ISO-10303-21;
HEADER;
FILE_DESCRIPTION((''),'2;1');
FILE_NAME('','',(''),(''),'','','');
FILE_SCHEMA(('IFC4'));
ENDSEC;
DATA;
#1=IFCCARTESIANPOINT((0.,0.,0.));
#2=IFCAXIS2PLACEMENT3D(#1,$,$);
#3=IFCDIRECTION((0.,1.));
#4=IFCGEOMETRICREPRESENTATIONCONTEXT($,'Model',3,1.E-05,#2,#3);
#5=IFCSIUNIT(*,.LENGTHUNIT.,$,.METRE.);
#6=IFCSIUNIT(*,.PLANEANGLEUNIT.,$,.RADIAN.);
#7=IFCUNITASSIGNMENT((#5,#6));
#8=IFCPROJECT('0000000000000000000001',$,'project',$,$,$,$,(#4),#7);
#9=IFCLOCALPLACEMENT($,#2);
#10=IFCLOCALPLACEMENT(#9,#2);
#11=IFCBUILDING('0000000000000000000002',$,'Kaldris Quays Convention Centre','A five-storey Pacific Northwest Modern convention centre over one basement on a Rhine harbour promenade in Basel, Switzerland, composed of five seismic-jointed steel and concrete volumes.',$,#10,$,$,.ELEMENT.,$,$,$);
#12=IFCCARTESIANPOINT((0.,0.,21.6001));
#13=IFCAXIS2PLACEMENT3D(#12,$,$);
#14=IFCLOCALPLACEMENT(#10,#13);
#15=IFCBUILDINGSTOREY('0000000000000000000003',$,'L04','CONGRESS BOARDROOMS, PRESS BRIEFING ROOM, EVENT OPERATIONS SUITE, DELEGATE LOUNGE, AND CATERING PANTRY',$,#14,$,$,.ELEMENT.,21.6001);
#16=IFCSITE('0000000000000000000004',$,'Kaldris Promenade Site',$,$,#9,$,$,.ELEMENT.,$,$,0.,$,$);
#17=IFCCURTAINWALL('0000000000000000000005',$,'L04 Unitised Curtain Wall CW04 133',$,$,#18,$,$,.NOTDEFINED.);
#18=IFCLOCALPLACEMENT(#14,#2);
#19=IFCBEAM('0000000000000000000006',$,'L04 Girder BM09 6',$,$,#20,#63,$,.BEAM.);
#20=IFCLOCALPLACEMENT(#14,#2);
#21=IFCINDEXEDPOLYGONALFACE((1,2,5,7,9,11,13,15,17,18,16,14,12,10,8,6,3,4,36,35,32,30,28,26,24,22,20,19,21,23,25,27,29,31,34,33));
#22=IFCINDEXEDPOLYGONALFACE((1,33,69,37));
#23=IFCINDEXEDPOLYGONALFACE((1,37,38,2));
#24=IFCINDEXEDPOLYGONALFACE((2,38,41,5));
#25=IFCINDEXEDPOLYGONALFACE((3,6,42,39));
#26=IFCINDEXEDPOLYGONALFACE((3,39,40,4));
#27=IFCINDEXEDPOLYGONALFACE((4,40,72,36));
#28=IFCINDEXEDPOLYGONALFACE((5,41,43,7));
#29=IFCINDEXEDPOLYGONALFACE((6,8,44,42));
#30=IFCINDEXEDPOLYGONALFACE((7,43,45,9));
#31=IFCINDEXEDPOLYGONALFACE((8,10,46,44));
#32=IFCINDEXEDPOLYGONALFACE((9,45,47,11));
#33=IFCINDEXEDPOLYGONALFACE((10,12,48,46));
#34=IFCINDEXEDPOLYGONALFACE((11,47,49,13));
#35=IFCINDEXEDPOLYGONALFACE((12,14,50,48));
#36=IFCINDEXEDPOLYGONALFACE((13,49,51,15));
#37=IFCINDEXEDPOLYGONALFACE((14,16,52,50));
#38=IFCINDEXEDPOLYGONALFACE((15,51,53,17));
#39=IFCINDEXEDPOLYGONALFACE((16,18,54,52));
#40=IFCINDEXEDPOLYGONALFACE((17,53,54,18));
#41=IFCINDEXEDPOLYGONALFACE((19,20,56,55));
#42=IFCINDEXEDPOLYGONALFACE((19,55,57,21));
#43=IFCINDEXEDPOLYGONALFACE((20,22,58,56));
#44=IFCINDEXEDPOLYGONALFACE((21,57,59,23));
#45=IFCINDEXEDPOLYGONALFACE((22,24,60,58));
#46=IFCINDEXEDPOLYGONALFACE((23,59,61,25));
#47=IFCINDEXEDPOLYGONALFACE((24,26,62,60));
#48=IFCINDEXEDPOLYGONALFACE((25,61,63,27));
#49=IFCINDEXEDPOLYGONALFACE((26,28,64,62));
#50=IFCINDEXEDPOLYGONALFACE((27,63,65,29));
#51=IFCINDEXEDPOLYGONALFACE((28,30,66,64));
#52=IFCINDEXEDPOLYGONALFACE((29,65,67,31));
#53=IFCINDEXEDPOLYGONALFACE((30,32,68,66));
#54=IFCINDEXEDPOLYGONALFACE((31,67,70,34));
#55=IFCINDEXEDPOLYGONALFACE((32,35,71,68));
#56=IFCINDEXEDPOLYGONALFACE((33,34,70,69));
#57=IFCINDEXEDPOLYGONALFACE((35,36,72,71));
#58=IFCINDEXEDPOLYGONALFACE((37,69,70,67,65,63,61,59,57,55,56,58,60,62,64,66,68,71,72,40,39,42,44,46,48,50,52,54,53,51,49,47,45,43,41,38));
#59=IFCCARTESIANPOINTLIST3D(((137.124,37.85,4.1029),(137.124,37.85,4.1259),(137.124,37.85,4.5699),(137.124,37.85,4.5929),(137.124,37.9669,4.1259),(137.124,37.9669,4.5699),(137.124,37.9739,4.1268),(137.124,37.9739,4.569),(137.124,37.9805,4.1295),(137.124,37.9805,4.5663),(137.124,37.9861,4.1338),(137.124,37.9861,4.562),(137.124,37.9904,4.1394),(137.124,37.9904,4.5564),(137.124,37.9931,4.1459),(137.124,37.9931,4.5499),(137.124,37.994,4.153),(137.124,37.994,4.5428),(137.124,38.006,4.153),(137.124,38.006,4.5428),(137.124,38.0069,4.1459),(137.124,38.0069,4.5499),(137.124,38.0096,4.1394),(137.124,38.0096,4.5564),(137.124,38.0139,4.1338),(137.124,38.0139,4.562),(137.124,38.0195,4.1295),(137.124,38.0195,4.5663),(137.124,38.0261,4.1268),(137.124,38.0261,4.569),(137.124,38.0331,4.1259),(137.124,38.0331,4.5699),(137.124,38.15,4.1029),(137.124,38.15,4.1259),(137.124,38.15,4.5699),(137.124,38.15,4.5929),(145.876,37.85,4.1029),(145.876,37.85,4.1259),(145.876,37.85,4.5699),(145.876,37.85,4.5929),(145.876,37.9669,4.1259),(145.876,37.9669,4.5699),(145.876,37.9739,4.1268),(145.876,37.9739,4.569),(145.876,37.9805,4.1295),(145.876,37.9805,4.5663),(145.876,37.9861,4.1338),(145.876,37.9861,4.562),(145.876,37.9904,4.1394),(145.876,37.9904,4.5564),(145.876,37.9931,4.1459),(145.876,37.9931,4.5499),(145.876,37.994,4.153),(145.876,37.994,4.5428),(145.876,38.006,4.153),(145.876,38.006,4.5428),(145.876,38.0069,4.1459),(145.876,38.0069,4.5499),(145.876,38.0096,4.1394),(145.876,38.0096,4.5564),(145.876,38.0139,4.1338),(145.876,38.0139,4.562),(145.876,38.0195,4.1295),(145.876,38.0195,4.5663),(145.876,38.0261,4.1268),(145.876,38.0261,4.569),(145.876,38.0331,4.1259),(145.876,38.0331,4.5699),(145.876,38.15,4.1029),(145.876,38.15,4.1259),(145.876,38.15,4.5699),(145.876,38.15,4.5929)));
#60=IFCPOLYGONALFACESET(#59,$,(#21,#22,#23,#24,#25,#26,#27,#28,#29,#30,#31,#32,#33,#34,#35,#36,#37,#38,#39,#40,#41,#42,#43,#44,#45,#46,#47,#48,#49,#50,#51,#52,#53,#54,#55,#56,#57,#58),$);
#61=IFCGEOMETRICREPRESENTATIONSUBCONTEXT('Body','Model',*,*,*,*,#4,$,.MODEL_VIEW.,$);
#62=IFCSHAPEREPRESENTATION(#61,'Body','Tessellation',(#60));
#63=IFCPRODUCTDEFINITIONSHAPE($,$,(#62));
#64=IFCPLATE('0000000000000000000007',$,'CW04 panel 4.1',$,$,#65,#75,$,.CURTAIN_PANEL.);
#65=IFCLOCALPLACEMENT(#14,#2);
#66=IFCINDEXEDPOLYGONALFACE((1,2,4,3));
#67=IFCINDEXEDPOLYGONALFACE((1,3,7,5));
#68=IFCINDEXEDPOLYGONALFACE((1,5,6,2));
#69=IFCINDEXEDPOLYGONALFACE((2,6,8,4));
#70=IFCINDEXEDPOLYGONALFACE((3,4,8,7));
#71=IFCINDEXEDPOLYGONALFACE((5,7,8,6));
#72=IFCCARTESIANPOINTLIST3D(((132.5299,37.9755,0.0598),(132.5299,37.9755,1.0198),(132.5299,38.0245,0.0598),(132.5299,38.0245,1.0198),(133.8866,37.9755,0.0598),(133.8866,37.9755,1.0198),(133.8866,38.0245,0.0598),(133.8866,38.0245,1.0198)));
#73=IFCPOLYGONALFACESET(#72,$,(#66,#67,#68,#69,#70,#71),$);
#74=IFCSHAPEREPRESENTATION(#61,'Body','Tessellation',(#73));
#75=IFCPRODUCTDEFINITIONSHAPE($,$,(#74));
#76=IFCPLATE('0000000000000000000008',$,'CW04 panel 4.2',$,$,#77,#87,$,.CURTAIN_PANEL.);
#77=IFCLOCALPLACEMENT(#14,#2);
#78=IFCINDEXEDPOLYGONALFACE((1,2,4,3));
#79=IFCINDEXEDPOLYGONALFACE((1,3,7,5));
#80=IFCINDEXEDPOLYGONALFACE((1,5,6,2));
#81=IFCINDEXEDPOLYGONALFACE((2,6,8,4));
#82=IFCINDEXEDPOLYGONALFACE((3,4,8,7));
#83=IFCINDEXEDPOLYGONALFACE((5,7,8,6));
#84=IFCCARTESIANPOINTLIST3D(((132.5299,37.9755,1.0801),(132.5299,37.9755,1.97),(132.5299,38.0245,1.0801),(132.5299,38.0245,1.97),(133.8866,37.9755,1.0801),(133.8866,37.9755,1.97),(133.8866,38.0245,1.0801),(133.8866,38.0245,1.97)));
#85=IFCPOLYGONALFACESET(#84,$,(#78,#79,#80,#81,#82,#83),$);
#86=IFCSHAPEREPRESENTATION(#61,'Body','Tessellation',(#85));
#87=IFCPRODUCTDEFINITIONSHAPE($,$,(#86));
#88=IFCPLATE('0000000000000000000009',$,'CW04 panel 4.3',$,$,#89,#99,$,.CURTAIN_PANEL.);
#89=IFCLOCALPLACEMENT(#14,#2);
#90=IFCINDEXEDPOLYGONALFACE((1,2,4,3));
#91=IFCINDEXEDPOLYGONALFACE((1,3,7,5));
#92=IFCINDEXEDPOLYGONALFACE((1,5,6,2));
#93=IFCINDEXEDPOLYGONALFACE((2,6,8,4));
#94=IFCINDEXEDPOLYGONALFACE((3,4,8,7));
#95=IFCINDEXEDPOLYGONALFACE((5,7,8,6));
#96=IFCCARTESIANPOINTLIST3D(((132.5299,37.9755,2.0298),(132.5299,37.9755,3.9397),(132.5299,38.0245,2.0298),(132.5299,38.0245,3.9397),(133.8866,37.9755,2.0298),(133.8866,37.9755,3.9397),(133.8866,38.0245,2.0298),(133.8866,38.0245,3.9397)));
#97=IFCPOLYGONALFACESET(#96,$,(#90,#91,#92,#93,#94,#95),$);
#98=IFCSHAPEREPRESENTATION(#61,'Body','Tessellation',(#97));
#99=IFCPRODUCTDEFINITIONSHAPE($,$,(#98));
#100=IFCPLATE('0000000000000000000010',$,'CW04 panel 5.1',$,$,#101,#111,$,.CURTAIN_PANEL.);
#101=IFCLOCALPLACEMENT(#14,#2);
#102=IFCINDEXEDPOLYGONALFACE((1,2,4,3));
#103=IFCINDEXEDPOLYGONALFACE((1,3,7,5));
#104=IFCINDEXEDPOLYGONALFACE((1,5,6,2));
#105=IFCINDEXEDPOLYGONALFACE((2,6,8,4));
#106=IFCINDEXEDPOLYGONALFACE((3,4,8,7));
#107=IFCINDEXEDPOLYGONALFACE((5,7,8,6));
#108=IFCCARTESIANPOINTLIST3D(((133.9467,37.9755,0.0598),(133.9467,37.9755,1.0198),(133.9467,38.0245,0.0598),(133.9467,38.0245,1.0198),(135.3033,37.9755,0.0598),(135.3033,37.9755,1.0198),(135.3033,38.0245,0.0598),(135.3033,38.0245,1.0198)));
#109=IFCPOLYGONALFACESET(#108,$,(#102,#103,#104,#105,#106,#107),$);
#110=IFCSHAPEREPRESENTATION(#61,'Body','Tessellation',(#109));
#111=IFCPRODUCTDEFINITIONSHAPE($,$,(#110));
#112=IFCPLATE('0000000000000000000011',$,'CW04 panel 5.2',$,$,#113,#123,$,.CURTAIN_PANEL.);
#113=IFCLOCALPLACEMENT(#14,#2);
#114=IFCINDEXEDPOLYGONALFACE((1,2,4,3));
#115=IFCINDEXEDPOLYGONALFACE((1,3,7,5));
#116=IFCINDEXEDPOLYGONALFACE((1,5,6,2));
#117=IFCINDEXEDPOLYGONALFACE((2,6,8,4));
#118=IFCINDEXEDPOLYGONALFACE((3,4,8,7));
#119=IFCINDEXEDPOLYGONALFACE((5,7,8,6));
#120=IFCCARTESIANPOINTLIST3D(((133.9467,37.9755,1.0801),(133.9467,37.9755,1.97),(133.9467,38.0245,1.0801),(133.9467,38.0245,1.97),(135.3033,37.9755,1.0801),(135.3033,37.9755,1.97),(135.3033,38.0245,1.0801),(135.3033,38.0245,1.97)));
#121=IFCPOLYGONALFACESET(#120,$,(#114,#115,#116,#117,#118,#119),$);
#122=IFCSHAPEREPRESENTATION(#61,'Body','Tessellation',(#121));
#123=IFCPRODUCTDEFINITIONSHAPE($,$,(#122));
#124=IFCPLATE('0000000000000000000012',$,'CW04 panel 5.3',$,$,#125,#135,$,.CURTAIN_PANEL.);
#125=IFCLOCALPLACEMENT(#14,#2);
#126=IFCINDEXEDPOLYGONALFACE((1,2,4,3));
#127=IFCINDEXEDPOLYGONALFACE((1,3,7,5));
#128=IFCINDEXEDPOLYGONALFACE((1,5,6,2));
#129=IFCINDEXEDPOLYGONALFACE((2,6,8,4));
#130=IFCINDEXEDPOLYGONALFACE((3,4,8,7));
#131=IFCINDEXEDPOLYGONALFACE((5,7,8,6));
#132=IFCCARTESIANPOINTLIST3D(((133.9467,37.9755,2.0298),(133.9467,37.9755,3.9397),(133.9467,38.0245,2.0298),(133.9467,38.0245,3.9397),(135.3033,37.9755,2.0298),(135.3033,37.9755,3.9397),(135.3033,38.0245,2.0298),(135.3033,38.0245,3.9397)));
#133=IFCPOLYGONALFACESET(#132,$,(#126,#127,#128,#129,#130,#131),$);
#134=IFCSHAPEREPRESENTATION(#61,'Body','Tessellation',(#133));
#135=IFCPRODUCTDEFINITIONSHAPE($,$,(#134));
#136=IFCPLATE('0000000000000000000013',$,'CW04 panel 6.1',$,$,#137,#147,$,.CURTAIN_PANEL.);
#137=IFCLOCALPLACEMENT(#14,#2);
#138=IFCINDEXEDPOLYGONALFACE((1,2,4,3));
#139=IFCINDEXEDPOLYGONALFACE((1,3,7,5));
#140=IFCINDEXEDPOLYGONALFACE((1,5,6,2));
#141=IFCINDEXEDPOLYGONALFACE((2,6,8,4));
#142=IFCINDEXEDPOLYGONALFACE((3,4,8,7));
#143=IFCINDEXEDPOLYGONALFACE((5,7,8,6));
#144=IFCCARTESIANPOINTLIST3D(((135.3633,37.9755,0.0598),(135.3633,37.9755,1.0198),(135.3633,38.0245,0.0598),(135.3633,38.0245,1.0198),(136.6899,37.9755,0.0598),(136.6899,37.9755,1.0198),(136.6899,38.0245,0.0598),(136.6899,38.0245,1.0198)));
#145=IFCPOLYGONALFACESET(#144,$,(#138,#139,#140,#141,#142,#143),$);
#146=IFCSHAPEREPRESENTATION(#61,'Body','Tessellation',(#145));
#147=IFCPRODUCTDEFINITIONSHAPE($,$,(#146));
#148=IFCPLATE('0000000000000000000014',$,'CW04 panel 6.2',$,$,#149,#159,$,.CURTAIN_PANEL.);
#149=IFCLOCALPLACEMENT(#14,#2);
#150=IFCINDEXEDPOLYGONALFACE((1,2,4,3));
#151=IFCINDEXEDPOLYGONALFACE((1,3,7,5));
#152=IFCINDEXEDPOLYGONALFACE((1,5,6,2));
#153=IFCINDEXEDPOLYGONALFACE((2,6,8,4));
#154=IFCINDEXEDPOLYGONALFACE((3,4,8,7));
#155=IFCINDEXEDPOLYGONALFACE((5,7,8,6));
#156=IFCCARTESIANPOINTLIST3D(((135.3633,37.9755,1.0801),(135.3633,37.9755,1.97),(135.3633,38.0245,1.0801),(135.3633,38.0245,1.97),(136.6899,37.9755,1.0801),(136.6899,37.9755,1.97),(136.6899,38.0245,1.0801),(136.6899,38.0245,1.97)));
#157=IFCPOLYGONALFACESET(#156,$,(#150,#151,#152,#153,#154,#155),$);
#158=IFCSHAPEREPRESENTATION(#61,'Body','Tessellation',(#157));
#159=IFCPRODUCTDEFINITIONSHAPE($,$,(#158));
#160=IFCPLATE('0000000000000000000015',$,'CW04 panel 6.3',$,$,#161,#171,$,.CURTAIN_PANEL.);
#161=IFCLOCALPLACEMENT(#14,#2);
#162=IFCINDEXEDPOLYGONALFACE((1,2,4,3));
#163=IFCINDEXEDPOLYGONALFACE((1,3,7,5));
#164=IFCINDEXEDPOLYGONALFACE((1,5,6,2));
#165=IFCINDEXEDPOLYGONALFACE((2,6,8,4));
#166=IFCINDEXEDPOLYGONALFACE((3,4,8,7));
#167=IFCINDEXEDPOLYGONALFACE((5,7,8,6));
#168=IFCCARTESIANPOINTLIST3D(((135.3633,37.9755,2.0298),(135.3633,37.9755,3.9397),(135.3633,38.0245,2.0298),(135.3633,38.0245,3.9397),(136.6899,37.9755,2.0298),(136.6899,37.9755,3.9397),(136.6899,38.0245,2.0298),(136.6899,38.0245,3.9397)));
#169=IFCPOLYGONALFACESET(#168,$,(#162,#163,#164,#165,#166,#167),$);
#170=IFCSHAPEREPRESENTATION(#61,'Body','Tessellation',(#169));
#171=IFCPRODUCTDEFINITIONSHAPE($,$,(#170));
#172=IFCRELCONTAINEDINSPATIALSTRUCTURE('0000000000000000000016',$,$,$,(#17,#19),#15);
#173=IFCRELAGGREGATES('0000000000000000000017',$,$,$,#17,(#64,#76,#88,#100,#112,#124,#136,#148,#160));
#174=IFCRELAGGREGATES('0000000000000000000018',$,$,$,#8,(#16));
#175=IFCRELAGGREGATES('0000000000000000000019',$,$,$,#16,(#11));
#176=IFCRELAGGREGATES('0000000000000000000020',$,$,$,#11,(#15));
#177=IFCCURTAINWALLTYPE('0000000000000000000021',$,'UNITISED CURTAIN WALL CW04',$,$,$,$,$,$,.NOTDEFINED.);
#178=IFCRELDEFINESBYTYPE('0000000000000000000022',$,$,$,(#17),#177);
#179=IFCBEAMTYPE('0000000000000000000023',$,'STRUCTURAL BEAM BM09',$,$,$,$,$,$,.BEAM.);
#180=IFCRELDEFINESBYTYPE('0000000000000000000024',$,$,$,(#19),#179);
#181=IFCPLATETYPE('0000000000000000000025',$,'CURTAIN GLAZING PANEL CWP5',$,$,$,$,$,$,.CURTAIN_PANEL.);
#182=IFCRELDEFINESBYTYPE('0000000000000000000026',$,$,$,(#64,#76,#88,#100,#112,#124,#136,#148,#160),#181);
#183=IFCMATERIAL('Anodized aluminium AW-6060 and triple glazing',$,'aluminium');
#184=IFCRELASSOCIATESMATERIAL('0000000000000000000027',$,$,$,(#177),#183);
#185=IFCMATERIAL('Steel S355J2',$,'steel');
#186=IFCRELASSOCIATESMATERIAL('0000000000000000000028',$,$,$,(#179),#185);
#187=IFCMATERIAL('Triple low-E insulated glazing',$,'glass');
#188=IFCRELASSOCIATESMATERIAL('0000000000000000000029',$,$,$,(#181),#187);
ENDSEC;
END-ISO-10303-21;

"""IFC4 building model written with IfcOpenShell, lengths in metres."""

from ifc_helpers import new_model, si_unit, direction, frame, origin, origin_2d, place, context, subcontext, project, spatial, rectangle, i_section, extrude, material, material_profile, profile_set, type_object, element, aggregate, save


model = new_model("IFC4")

# Units and contexts
model_context = context("Model", 3, precision=1e-05, world=origin(), true_north=direction((0.0, 1.0)))
body_context = subcontext(model_context, "Body", "Model", "MODEL_VIEW")
ifc_project = project(units=[si_unit("LENGTHUNIT", "METRE"), si_unit("PLANEANGLEUNIT", "RADIAN")], contexts=[model_context])

# Site, building, storey
site_placement = place(None, origin())
site = spatial("IfcSite", under=ifc_project, at=site_placement, Name="Kaldris Promenade Site", CompositionType="ELEMENT", RefElevation=0.0)
building_placement = place(site_placement, origin())
building = spatial("IfcBuilding", under=site, at=building_placement, Name="Kaldris Quays Convention Centre", Description="A five-storey Pacific Northwest Modern convention centre over one basement on a Rhine harbour promenade in Basel, Switzerland, composed of five seismic-jointed steel and concrete volumes.", CompositionType="ELEMENT")
storey_placement = place(building_placement, frame((0.0, 0.0, 21.6001)))
storey = spatial("IfcBuildingStorey", under=building, at=storey_placement, Name="L04", Description="CONGRESS BOARDROOMS, PRESS BRIEFING ROOM, EVENT OPERATIONS SUITE, DELEGATE LOUNGE, AND CATERING PANTRY", CompositionType="ELEMENT", Elevation=21.6001)

# Shared definitions
ifc_material_1 = material(Name="Steel S355J2", Category="steel")

# Curtain wall
ifc_material_2 = material(Name="Anodized aluminium AW-6060 and triple glazing", Category="aluminium")
curtain_wall_type = type_object("IfcCurtainWallType", Name="UNITISED CURTAIN WALL CW04", PredefinedType="NOTDEFINED", material=ifc_material_2)
curtain_wall_1_placement = place(storey_placement, origin())
curtain_wall_1 = element("IfcCurtainWall", 1, at=curtain_wall_1_placement, inside=storey, type_object=curtain_wall_type, Name="L04 Unitised Curtain Wall CW04 133", PredefinedType="NOTDEFINED")

# Beam
ifc_material_profile_1 = material_profile(ifc_material_1, i_section(OverallWidth=0.3, OverallDepth=0.49, WebThickness=0.012, FlangeThickness=0.0229, FilletRadius=0.0271, at=origin_2d()), Name="HEA 500")
ifc_profile_set_1 = profile_set([ifc_material_profile_1], Name="Steel S355J2")
beam_type = type_object("IfcBeamType", Name="STRUCTURAL BEAM BM09", PredefinedType="BEAM", material=ifc_profile_set_1)
beam_placement = place(storey_placement, frame((137.124, 38.0, 4.3479), z_axis=(1.0, 0.0, 0.0), x_axis=(0.0, 1.0, 0.0)))
element("IfcBeam", 2, at=beam_placement, inside=storey, type_object=beam_type, Name="L04 Girder BM09 6", PredefinedType="BEAM", context=body_context, shape_type="SweptSolid", body=[
    extrude(i_section(OverallWidth=0.3, OverallDepth=0.49, WebThickness=0.012, FlangeThickness=0.0229, FilletRadius=0.0271, at=origin_2d()), origin(), (0.0, 0.0, 1.0), 8.752),
])

# Plates
ifc_material_3 = material(Name="Triple low-E insulated glazing", Category="glass")
plate_type = type_object("IfcPlateType", Name="CURTAIN GLAZING PANEL CWP5", PredefinedType="CURTAIN_PANEL", material=ifc_material_3)
plate_1_placement = place(storey_placement, frame((133.2083, 38.0, 0.0598), z_axis=(0.0, 0.0, 1.0), x_axis=(1.0, 0.0, 0.0)))
plate_1 = element("IfcPlate", 3, at=plate_1_placement, type_object=plate_type, Name="CW04 panel 4.1", PredefinedType="CURTAIN_PANEL", context=body_context, shape_type="SweptSolid", body=[
    extrude(rectangle(XDim=1.3567, YDim=0.0491, at=origin_2d()), origin(), (0.0, 0.0, 1.0), 0.96),
])
plate_2_placement = place(storey_placement, frame((133.2083, 38.0, 1.0801), z_axis=(0.0, 0.0, 1.0), x_axis=(1.0, 0.0, 0.0)))
plate_2 = element("IfcPlate", 4, at=plate_2_placement, type_object=plate_type, Name="CW04 panel 4.2", PredefinedType="CURTAIN_PANEL", context=body_context, shape_type="SweptSolid", body=[
    extrude(rectangle(XDim=1.3567, YDim=0.0491, at=origin_2d()), origin(), (0.0, 0.0, 1.0), 0.8899),
])
plate_3_placement = place(storey_placement, frame((133.2083, 38.0, 2.0298), z_axis=(0.0, 0.0, 1.0), x_axis=(1.0, 0.0, 0.0)))
plate_3 = element("IfcPlate", 5, at=plate_3_placement, type_object=plate_type, Name="CW04 panel 4.3", PredefinedType="CURTAIN_PANEL", context=body_context, shape_type="SweptSolid", body=[
    extrude(rectangle(XDim=1.3567, YDim=0.0491, at=origin_2d()), origin(), (0.0, 0.0, 1.0), 1.9099),
])
plate_4_placement = place(storey_placement, frame((134.625, 38.0, 0.0598), z_axis=(0.0, 0.0, 1.0), x_axis=(1.0, 0.0, 0.0)))
plate_4 = element("IfcPlate", 6, at=plate_4_placement, type_object=plate_type, Name="CW04 panel 5.1", PredefinedType="CURTAIN_PANEL", context=body_context, shape_type="SweptSolid", body=[
    extrude(rectangle(XDim=1.3567, YDim=0.0491, at=origin_2d()), origin(), (0.0, 0.0, 1.0), 0.96),
])
plate_5_placement = place(storey_placement, frame((134.625, 38.0, 1.0801), z_axis=(0.0, 0.0, 1.0), x_axis=(1.0, 0.0, 0.0)))
plate_5 = element("IfcPlate", 7, at=plate_5_placement, type_object=plate_type, Name="CW04 panel 5.2", PredefinedType="CURTAIN_PANEL", context=body_context, shape_type="SweptSolid", body=[
    extrude(rectangle(XDim=1.3567, YDim=0.0491, at=origin_2d()), origin(), (0.0, 0.0, 1.0), 0.8899),
])
plate_6_placement = place(storey_placement, frame((134.625, 38.0, 2.0298), z_axis=(0.0, 0.0, 1.0), x_axis=(1.0, 0.0, 0.0)))
plate_6 = element("IfcPlate", 8, at=plate_6_placement, type_object=plate_type, Name="CW04 panel 5.3", PredefinedType="CURTAIN_PANEL", context=body_context, shape_type="SweptSolid", body=[
    extrude(rectangle(XDim=1.3567, YDim=0.0491, at=origin_2d()), origin(), (0.0, 0.0, 1.0), 1.9099),
])
plate_7_placement = place(storey_placement, frame((136.0266, 38.0, 0.0598), z_axis=(0.0, 0.0, 1.0), x_axis=(1.0, 0.0, 0.0)))
plate_7 = element("IfcPlate", 9, at=plate_7_placement, type_object=plate_type, Name="CW04 panel 6.1", PredefinedType="CURTAIN_PANEL", context=body_context, shape_type="SweptSolid", body=[
    extrude(rectangle(XDim=1.3267, YDim=0.0491, at=origin_2d()), origin(), (0.0, 0.0, 1.0), 0.96),
])
plate_8_placement = place(storey_placement, frame((136.0266, 38.0, 1.0801), z_axis=(0.0, 0.0, 1.0), x_axis=(1.0, 0.0, 0.0)))
plate_8 = element("IfcPlate", 10, at=plate_8_placement, type_object=plate_type, Name="CW04 panel 6.2", PredefinedType="CURTAIN_PANEL", context=body_context, shape_type="SweptSolid", body=[
    extrude(rectangle(XDim=1.3267, YDim=0.0491, at=origin_2d()), origin(), (0.0, 0.0, 1.0), 0.8899),
])
plate_9_placement = place(storey_placement, frame((136.0266, 38.0, 2.0298), z_axis=(0.0, 0.0, 1.0), x_axis=(1.0, 0.0, 0.0)))
plate_9 = element("IfcPlate", 11, at=plate_9_placement, type_object=plate_type, Name="CW04 panel 6.3", PredefinedType="CURTAIN_PANEL", context=body_context, shape_type="SweptSolid", body=[
    extrude(rectangle(XDim=1.3267, YDim=0.0491, at=origin_2d()), origin(), (0.0, 0.0, 1.0), 1.9099),
])
aggregate(curtain_wall_1, [plate_1, plate_2, plate_3, plate_4, plate_5, plate_6, plate_7, plate_8, plate_9])

save(model, "model.ifc")
